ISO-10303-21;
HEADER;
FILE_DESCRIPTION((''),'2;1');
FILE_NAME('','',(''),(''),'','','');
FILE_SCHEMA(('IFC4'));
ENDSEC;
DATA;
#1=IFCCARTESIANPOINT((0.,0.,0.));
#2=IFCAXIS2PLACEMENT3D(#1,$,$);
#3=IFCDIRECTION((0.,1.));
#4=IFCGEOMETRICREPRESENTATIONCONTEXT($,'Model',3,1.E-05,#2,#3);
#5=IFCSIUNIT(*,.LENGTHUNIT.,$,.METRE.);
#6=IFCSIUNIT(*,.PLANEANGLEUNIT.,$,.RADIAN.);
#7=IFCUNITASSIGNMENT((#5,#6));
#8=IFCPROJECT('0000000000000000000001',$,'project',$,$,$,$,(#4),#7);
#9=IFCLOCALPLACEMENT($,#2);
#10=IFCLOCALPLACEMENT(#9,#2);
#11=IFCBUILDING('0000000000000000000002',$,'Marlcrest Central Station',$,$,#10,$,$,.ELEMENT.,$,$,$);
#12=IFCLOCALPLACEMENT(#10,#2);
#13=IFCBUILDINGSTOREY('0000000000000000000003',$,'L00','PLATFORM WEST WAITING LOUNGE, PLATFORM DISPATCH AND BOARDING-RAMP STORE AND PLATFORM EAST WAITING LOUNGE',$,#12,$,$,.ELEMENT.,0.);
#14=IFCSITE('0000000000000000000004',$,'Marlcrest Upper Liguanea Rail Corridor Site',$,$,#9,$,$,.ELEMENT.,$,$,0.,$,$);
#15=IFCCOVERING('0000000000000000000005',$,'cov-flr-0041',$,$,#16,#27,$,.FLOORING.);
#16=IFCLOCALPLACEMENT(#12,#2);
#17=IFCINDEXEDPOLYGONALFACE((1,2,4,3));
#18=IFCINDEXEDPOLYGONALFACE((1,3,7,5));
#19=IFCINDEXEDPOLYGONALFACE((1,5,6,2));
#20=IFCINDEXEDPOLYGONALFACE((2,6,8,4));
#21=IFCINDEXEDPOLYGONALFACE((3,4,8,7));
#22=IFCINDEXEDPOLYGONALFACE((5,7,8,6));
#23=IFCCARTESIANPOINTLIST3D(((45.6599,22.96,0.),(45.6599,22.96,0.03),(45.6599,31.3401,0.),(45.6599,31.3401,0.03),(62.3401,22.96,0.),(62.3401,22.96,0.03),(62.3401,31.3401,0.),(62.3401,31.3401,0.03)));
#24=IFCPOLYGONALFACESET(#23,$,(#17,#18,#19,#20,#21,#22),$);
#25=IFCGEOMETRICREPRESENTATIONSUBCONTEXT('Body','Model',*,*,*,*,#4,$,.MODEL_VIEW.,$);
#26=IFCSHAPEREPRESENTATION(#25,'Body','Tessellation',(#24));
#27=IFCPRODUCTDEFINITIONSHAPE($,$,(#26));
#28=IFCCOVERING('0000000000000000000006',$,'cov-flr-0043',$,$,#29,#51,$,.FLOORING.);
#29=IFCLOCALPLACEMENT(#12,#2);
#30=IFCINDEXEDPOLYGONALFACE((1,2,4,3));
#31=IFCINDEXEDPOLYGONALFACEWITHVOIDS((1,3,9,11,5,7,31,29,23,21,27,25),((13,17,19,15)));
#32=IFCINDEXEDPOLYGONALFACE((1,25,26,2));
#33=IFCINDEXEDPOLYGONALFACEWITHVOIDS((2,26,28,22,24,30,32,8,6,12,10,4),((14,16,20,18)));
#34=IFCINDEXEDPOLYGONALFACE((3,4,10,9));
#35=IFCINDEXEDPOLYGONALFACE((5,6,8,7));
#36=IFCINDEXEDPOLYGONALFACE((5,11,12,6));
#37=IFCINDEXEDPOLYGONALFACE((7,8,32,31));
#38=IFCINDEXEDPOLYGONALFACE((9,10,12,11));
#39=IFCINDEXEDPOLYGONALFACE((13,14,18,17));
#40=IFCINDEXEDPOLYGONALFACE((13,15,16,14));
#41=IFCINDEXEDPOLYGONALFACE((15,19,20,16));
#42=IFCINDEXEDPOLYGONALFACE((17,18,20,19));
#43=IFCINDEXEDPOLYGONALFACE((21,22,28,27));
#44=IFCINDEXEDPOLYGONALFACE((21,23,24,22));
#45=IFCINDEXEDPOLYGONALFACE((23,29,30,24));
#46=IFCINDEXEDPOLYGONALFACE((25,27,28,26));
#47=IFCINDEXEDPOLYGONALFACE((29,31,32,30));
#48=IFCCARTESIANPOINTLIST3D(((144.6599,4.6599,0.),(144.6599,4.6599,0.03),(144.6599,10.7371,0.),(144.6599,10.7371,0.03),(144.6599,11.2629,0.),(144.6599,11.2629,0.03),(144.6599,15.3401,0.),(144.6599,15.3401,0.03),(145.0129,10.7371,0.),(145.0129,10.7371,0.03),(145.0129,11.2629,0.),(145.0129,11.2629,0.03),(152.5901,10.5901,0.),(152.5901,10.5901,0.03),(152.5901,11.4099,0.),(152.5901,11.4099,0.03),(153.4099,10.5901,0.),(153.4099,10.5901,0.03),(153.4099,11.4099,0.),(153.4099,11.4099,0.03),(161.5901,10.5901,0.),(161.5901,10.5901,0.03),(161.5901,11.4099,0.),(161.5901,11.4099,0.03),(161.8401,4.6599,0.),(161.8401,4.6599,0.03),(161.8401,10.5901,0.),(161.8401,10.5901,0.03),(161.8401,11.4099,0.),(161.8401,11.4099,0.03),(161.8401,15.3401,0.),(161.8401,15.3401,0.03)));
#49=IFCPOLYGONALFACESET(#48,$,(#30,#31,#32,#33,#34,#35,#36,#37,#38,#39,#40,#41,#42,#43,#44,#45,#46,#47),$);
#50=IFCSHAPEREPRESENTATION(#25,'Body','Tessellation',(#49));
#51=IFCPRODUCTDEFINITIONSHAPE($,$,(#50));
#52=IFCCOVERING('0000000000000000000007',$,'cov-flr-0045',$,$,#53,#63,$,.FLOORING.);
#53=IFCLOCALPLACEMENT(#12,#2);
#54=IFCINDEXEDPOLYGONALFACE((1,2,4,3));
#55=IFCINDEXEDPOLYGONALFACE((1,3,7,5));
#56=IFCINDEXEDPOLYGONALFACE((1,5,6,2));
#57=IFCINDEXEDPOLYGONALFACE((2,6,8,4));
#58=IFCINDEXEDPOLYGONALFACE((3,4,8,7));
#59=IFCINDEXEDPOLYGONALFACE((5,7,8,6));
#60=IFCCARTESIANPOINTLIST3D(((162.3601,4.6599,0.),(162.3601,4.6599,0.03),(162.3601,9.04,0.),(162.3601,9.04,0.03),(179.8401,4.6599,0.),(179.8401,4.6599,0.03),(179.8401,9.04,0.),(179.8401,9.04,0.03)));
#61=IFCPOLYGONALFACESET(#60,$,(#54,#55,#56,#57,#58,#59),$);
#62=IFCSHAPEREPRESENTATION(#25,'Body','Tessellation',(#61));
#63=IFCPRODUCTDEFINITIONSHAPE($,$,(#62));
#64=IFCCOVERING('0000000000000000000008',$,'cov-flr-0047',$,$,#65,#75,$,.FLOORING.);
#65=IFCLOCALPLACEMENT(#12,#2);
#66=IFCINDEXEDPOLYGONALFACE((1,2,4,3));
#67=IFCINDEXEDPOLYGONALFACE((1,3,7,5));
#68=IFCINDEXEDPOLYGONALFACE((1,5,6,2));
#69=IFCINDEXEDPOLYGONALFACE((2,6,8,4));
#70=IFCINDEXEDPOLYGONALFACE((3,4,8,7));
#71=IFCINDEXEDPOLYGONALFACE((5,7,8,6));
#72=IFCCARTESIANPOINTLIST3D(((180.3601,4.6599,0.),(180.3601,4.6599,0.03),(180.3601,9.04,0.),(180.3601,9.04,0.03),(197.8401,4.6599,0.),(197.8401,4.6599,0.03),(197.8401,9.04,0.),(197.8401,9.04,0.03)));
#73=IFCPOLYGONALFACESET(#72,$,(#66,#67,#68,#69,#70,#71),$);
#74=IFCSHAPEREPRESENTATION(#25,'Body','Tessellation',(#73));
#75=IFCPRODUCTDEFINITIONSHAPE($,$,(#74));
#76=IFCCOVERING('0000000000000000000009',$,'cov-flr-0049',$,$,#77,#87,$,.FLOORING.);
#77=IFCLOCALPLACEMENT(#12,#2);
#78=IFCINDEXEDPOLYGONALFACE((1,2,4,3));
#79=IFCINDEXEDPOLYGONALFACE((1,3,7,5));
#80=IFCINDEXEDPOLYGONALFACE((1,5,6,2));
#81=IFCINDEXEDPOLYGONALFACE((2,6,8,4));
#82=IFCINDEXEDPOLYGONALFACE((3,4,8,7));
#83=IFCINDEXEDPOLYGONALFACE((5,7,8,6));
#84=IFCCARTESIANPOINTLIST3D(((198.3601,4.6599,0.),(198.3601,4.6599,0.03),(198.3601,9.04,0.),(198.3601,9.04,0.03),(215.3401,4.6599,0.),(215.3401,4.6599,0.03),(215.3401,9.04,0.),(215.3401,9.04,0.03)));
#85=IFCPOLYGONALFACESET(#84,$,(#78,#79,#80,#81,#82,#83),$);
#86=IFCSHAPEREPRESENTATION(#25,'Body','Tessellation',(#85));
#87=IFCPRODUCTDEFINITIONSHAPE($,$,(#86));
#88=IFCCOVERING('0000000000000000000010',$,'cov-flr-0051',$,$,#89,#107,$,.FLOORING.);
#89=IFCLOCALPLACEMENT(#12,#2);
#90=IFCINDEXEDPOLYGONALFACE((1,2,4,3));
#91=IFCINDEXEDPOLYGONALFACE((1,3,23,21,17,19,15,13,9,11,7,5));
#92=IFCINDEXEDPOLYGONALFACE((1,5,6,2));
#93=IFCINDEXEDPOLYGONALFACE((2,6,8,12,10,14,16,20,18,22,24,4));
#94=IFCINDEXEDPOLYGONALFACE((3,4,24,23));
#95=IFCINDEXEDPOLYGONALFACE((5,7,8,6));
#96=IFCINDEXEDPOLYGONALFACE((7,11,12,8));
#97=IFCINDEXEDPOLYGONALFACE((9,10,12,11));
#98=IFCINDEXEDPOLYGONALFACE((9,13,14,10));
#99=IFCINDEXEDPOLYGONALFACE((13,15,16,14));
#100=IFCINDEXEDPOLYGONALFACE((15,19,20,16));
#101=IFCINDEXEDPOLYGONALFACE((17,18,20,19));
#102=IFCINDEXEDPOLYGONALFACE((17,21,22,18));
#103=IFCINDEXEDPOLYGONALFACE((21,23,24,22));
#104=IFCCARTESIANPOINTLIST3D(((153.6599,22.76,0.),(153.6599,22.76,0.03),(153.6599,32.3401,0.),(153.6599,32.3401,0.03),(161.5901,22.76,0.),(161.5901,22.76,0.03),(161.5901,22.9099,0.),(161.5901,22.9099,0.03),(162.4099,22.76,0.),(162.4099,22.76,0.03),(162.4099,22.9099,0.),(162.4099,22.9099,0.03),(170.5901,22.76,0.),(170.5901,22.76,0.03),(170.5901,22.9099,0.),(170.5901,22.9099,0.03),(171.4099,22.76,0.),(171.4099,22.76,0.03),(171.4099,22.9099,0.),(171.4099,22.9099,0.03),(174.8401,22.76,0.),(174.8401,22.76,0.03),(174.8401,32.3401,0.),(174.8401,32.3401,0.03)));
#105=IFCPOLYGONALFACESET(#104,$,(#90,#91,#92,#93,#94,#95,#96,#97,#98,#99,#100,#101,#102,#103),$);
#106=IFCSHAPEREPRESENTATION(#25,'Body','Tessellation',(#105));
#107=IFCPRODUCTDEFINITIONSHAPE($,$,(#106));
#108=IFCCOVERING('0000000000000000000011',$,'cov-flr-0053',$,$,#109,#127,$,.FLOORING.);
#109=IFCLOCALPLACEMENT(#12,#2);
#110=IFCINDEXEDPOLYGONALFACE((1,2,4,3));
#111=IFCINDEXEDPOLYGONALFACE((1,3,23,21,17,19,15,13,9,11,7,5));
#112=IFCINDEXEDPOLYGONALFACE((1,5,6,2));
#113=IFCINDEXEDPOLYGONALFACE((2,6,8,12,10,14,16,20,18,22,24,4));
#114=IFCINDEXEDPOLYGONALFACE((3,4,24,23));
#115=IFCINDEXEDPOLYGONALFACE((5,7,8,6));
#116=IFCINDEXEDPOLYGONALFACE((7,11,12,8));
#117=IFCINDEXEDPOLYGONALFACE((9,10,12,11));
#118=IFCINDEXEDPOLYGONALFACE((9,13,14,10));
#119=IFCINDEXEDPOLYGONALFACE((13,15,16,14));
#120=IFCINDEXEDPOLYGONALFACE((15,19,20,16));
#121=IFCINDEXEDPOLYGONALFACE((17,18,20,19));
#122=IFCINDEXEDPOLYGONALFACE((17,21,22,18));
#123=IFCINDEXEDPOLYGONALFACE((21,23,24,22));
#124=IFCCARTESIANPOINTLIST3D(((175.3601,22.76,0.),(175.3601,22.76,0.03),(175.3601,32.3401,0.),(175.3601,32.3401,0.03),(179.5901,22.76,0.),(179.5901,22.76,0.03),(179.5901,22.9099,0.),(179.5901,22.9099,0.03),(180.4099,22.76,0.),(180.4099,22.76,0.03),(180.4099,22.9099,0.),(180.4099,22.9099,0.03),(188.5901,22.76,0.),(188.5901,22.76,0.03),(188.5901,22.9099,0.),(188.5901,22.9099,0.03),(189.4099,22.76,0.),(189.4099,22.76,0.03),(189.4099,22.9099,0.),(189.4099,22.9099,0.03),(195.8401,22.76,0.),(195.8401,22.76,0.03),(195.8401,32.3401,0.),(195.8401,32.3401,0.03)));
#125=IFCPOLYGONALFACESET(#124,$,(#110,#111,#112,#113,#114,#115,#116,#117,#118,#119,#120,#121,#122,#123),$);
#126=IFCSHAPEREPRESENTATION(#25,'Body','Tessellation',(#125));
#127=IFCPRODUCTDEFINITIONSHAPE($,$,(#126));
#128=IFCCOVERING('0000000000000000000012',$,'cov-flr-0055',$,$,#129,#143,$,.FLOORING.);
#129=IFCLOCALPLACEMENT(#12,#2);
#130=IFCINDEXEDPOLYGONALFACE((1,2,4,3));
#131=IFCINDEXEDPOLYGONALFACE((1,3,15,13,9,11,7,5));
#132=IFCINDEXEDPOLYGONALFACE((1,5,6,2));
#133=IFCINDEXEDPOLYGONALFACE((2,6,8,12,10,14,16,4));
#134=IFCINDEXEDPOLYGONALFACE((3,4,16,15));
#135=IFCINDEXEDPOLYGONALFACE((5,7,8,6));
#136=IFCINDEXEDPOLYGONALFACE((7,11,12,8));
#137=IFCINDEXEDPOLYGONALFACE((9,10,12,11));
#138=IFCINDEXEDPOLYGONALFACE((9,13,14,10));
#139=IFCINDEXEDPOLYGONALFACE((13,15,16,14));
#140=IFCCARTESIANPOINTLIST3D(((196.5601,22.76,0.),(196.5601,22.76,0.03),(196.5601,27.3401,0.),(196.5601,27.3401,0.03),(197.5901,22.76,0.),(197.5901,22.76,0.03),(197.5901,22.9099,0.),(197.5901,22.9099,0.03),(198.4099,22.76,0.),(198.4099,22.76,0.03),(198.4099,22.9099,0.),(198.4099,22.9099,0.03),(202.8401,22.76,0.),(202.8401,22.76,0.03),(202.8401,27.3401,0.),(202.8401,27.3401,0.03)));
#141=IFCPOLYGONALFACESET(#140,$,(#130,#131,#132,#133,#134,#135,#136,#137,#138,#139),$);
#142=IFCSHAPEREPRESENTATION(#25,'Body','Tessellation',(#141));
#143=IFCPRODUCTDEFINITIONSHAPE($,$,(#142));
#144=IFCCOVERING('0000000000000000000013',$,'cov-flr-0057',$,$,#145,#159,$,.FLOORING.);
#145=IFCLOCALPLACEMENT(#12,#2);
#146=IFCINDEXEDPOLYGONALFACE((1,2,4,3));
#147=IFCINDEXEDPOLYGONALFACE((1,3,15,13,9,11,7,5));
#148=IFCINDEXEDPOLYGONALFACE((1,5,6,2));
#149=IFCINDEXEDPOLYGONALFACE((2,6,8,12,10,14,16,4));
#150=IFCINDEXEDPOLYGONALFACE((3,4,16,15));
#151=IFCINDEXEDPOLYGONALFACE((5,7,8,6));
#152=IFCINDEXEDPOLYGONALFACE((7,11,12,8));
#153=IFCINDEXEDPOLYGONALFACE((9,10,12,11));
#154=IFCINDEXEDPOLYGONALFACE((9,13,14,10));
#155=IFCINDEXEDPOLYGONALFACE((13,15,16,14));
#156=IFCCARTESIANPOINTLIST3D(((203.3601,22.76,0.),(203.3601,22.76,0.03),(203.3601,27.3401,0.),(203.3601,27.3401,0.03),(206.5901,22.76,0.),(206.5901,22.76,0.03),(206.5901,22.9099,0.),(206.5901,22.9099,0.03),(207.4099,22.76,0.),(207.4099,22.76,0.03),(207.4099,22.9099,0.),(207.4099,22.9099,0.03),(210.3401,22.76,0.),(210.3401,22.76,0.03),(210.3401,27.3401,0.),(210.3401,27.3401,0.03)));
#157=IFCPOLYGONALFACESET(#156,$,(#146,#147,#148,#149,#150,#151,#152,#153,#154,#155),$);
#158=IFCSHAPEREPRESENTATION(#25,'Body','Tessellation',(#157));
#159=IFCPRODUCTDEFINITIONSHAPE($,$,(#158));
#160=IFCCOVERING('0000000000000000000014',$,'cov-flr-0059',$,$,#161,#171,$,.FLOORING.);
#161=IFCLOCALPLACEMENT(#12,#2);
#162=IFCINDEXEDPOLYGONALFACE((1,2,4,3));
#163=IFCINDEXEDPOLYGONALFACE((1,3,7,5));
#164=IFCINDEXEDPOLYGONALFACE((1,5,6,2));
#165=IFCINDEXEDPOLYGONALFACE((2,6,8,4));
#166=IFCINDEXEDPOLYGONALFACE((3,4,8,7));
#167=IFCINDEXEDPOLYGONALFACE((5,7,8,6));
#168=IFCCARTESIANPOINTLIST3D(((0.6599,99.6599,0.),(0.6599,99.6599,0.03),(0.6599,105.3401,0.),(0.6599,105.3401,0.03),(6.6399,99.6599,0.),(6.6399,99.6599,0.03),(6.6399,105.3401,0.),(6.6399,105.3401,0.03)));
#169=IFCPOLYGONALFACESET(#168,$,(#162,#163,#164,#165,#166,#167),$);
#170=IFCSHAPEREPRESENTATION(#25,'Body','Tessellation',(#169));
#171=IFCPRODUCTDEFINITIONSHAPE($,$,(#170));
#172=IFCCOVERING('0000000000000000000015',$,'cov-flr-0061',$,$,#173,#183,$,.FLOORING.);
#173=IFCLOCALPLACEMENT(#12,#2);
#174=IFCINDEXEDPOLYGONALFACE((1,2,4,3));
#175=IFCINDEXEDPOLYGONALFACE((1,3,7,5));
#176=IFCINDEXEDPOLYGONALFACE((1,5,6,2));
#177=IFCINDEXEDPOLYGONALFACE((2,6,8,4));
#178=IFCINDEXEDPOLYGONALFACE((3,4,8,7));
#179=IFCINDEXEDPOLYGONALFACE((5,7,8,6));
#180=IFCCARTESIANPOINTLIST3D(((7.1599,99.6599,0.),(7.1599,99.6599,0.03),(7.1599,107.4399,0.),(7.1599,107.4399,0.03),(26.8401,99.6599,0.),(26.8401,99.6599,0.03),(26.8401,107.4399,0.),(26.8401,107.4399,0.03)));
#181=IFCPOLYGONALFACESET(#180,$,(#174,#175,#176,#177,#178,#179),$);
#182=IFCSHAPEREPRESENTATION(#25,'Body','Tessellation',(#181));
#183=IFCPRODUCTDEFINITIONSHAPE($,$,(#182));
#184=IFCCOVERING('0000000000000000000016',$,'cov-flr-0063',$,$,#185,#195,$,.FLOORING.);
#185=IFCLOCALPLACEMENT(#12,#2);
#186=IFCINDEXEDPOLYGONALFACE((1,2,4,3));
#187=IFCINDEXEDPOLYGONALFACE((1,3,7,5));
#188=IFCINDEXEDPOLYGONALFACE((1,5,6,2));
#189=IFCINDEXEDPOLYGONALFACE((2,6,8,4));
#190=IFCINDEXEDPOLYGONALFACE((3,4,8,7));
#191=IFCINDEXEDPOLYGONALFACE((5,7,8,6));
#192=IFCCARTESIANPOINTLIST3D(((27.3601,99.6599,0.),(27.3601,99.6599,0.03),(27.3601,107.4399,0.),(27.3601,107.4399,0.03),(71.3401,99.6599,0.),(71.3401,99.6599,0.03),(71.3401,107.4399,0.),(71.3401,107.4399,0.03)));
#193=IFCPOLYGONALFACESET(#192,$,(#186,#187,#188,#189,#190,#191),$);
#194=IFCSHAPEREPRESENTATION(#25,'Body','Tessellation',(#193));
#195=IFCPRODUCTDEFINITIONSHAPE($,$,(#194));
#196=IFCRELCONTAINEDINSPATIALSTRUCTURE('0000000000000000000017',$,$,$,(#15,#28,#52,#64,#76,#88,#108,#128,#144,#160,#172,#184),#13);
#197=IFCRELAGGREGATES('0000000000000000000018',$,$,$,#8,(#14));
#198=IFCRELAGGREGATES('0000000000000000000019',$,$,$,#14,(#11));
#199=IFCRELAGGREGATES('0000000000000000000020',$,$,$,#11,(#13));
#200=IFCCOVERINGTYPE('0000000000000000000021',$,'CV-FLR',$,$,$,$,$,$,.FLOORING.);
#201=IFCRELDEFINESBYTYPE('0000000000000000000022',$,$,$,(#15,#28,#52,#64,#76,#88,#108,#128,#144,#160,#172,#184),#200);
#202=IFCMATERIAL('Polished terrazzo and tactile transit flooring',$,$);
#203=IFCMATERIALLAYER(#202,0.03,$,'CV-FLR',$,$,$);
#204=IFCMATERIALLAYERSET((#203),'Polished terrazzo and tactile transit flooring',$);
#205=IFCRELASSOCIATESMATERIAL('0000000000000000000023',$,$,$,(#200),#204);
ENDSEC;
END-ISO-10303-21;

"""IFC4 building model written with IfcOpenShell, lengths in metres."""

from ifc_helpers import new_model, si_unit, direction, origin, place, context, subcontext, project, spatial, polyline, outline, extrude, material, layer, layer_set, type_object, element, save


model = new_model("IFC4")

# Units and contexts
model_context = context("Model", 3, precision=1e-05, world=origin(), true_north=direction((0.0, 1.0)))
body_context = subcontext(model_context, "Body", "Model", "MODEL_VIEW")
ifc_project = project(units=[si_unit("LENGTHUNIT", "METRE"), si_unit("PLANEANGLEUNIT", "RADIAN")], contexts=[model_context])

# Site, building, storey
site_placement = place(None, origin())
site = spatial("IfcSite", under=ifc_project, at=site_placement, Name="Marlcrest Upper Liguanea Rail Corridor Site", CompositionType="ELEMENT", RefElevation=0.0)
building_placement = place(site_placement, origin())
building = spatial("IfcBuilding", under=site, at=building_placement, Name="Marlcrest Central Station", CompositionType="ELEMENT")
storey_placement = place(building_placement, origin())
storey = spatial("IfcBuildingStorey", under=building, at=storey_placement, Name="L00", Description="PLATFORM WEST WAITING LOUNGE, PLATFORM DISPATCH AND BOARDING-RAMP STORE AND PLATFORM EAST WAITING LOUNGE", CompositionType="ELEMENT", Elevation=0.0)

# Coverings
ifc_material_1 = material(Name="Polished terrazzo and tactile transit flooring")
ifc_layer_1 = layer(ifc_material_1, 0.03, Name="CV-FLR")
ifc_layer_set_1 = layer_set([ifc_layer_1], Name="Polished terrazzo and tactile transit flooring")
covering_type_1 = type_object("IfcCoveringType", Name="CV-FLR", PredefinedType="FLOORING", material=ifc_layer_set_1)
covering_1_placement = place(storey_placement, origin())
element("IfcCovering", 1, at=covering_1_placement, inside=storey, type_object=covering_type_1, Name="cov-flr-0041", PredefinedType="FLOORING", context=body_context, shape_type="SweptSolid", body=[
    extrude(outline(polyline([(62.3401, 22.96), (62.3401, 31.3401), (45.6599, 31.3401), (45.6599, 22.96), (62.3401, 22.96)])), origin(), (0.0, 0.0, 1.0), 0.03),
])
covering_2_placement = place(storey_placement, origin())
element("IfcCovering", 2, at=covering_2_placement, inside=storey, type_object=covering_type_1, Name="cov-flr-0043", PredefinedType="FLOORING", context=body_context, shape_type="SweptSolid", body=[
    extrude(outline(polyline([(161.8401, 15.3401), (161.8401, 11.4099), (161.5901, 11.4099), (161.5901, 10.5901), (161.8401, 10.5901), (161.8401, 4.6599), (144.6599, 4.6599), (144.6599, 10.7371), (145.0129, 10.7371), (145.0129, 11.2629), (144.6599, 11.2629), (144.6599, 15.3401), (161.8401, 15.3401)]), holes=[polyline([(152.5901, 10.5901), (153.4099, 10.5901), (153.4099, 11.4099), (152.5901, 11.4099), (152.5901, 10.5901)])]), origin(), (0.0, 0.0, 1.0), 0.03),
])
covering_3_placement = place(storey_placement, origin())
element("IfcCovering", 3, at=covering_3_placement, inside=storey, type_object=covering_type_1, Name="cov-flr-0045", PredefinedType="FLOORING", context=body_context, shape_type="SweptSolid", body=[
    extrude(outline(polyline([(179.8401, 4.6599), (179.8401, 9.04), (162.3601, 9.04), (162.3601, 4.6599), (179.8401, 4.6599)])), origin(), (0.0, 0.0, 1.0), 0.03),
])
covering_4_placement = place(storey_placement, origin())
element("IfcCovering", 4, at=covering_4_placement, inside=storey, type_object=covering_type_1, Name="cov-flr-0047", PredefinedType="FLOORING", context=body_context, shape_type="SweptSolid", body=[
    extrude(outline(polyline([(197.8401, 4.6599), (197.8401, 9.04), (180.3601, 9.04), (180.3601, 4.6599), (197.8401, 4.6599)])), origin(), (0.0, 0.0, 1.0), 0.03),
])
covering_5_placement = place(storey_placement, origin())
element("IfcCovering", 5, at=covering_5_placement, inside=storey, type_object=covering_type_1, Name="cov-flr-0049", PredefinedType="FLOORING", context=body_context, shape_type="SweptSolid", body=[
    extrude(outline(polyline([(215.3401, 4.6599), (215.3401, 9.04), (198.3601, 9.04), (198.3601, 4.6599), (215.3401, 4.6599)])), origin(), (0.0, 0.0, 1.0), 0.03),
])
covering_6_placement = place(storey_placement, origin())
element("IfcCovering", 6, at=covering_6_placement, inside=storey, type_object=covering_type_1, Name="cov-flr-0051", PredefinedType="FLOORING", context=body_context, shape_type="SweptSolid", body=[
    extrude(outline(polyline([(153.6599, 32.3401), (174.8401, 32.3401), (174.8401, 22.76), (171.4099, 22.76), (171.4099, 22.9099), (170.5901, 22.9099), (170.5901, 22.76), (162.4099, 22.76), (162.4099, 22.9099), (161.5901, 22.9099), (161.5901, 22.76), (153.6599, 22.76), (153.6599, 32.3401)])), origin(), (0.0, 0.0, 1.0), 0.03),
])
covering_7_placement = place(storey_placement, origin())
element("IfcCovering", 7, at=covering_7_placement, inside=storey, type_object=covering_type_1, Name="cov-flr-0053", PredefinedType="FLOORING", context=body_context, shape_type="SweptSolid", body=[
    extrude(outline(polyline([(175.3601, 32.3401), (195.8401, 32.3401), (195.8401, 22.76), (189.4099, 22.76), (189.4099, 22.9099), (188.5901, 22.9099), (188.5901, 22.76), (180.4099, 22.76), (180.4099, 22.9099), (179.5901, 22.9099), (179.5901, 22.76), (175.3601, 22.76), (175.3601, 32.3401)])), origin(), (0.0, 0.0, 1.0), 0.03),
])
covering_8_placement = place(storey_placement, origin())
element("IfcCovering", 8, at=covering_8_placement, inside=storey, type_object=covering_type_1, Name="cov-flr-0055", PredefinedType="FLOORING", context=body_context, shape_type="SweptSolid", body=[
    extrude(outline(polyline([(196.5601, 22.76), (196.5601, 27.3401), (202.8401, 27.3401), (202.8401, 22.76), (198.4099, 22.76), (198.4099, 22.9099), (197.5901, 22.9099), (197.5901, 22.76), (196.5601, 22.76)])), origin(), (0.0, 0.0, 1.0), 0.03),
])
covering_9_placement = place(storey_placement, origin())
element("IfcCovering", 9, at=covering_9_placement, inside=storey, type_object=covering_type_1, Name="cov-flr-0057", PredefinedType="FLOORING", context=body_context, shape_type="SweptSolid", body=[
    extrude(outline(polyline([(203.3601, 22.76), (203.3601, 27.3401), (210.3401, 27.3401), (210.3401, 22.76), (207.4099, 22.76), (207.4099, 22.9099), (206.5901, 22.9099), (206.5901, 22.76), (203.3601, 22.76)])), origin(), (0.0, 0.0, 1.0), 0.03),
])
covering_10_placement = place(storey_placement, origin())
element("IfcCovering", 10, at=covering_10_placement, inside=storey, type_object=covering_type_1, Name="cov-flr-0059", PredefinedType="FLOORING", context=body_context, shape_type="SweptSolid", body=[
    extrude(outline(polyline([(6.6399, 99.6599), (6.6399, 105.3401), (0.6599, 105.3401), (0.6599, 99.6599), (6.6399, 99.6599)])), origin(), (0.0, 0.0, 1.0), 0.03),
])
covering_11_placement = place(storey_placement, origin())
element("IfcCovering", 11, at=covering_11_placement, inside=storey, type_object=covering_type_1, Name="cov-flr-0061", PredefinedType="FLOORING", context=body_context, shape_type="SweptSolid", body=[
    extrude(outline(polyline([(26.8401, 99.6599), (26.8401, 107.4399), (7.1599, 107.4399), (7.1599, 99.6599), (26.8401, 99.6599)])), origin(), (0.0, 0.0, 1.0), 0.03),
])
covering_12_placement = place(storey_placement, origin())
element("IfcCovering", 12, at=covering_12_placement, inside=storey, type_object=covering_type_1, Name="cov-flr-0063", PredefinedType="FLOORING", context=body_context, shape_type="SweptSolid", body=[
    extrude(outline(polyline([(71.3401, 99.6599), (71.3401, 107.4399), (27.3601, 107.4399), (27.3601, 99.6599), (71.3401, 99.6599)])), origin(), (0.0, 0.0, 1.0), 0.03),
])

save(model, "model.ifc")
